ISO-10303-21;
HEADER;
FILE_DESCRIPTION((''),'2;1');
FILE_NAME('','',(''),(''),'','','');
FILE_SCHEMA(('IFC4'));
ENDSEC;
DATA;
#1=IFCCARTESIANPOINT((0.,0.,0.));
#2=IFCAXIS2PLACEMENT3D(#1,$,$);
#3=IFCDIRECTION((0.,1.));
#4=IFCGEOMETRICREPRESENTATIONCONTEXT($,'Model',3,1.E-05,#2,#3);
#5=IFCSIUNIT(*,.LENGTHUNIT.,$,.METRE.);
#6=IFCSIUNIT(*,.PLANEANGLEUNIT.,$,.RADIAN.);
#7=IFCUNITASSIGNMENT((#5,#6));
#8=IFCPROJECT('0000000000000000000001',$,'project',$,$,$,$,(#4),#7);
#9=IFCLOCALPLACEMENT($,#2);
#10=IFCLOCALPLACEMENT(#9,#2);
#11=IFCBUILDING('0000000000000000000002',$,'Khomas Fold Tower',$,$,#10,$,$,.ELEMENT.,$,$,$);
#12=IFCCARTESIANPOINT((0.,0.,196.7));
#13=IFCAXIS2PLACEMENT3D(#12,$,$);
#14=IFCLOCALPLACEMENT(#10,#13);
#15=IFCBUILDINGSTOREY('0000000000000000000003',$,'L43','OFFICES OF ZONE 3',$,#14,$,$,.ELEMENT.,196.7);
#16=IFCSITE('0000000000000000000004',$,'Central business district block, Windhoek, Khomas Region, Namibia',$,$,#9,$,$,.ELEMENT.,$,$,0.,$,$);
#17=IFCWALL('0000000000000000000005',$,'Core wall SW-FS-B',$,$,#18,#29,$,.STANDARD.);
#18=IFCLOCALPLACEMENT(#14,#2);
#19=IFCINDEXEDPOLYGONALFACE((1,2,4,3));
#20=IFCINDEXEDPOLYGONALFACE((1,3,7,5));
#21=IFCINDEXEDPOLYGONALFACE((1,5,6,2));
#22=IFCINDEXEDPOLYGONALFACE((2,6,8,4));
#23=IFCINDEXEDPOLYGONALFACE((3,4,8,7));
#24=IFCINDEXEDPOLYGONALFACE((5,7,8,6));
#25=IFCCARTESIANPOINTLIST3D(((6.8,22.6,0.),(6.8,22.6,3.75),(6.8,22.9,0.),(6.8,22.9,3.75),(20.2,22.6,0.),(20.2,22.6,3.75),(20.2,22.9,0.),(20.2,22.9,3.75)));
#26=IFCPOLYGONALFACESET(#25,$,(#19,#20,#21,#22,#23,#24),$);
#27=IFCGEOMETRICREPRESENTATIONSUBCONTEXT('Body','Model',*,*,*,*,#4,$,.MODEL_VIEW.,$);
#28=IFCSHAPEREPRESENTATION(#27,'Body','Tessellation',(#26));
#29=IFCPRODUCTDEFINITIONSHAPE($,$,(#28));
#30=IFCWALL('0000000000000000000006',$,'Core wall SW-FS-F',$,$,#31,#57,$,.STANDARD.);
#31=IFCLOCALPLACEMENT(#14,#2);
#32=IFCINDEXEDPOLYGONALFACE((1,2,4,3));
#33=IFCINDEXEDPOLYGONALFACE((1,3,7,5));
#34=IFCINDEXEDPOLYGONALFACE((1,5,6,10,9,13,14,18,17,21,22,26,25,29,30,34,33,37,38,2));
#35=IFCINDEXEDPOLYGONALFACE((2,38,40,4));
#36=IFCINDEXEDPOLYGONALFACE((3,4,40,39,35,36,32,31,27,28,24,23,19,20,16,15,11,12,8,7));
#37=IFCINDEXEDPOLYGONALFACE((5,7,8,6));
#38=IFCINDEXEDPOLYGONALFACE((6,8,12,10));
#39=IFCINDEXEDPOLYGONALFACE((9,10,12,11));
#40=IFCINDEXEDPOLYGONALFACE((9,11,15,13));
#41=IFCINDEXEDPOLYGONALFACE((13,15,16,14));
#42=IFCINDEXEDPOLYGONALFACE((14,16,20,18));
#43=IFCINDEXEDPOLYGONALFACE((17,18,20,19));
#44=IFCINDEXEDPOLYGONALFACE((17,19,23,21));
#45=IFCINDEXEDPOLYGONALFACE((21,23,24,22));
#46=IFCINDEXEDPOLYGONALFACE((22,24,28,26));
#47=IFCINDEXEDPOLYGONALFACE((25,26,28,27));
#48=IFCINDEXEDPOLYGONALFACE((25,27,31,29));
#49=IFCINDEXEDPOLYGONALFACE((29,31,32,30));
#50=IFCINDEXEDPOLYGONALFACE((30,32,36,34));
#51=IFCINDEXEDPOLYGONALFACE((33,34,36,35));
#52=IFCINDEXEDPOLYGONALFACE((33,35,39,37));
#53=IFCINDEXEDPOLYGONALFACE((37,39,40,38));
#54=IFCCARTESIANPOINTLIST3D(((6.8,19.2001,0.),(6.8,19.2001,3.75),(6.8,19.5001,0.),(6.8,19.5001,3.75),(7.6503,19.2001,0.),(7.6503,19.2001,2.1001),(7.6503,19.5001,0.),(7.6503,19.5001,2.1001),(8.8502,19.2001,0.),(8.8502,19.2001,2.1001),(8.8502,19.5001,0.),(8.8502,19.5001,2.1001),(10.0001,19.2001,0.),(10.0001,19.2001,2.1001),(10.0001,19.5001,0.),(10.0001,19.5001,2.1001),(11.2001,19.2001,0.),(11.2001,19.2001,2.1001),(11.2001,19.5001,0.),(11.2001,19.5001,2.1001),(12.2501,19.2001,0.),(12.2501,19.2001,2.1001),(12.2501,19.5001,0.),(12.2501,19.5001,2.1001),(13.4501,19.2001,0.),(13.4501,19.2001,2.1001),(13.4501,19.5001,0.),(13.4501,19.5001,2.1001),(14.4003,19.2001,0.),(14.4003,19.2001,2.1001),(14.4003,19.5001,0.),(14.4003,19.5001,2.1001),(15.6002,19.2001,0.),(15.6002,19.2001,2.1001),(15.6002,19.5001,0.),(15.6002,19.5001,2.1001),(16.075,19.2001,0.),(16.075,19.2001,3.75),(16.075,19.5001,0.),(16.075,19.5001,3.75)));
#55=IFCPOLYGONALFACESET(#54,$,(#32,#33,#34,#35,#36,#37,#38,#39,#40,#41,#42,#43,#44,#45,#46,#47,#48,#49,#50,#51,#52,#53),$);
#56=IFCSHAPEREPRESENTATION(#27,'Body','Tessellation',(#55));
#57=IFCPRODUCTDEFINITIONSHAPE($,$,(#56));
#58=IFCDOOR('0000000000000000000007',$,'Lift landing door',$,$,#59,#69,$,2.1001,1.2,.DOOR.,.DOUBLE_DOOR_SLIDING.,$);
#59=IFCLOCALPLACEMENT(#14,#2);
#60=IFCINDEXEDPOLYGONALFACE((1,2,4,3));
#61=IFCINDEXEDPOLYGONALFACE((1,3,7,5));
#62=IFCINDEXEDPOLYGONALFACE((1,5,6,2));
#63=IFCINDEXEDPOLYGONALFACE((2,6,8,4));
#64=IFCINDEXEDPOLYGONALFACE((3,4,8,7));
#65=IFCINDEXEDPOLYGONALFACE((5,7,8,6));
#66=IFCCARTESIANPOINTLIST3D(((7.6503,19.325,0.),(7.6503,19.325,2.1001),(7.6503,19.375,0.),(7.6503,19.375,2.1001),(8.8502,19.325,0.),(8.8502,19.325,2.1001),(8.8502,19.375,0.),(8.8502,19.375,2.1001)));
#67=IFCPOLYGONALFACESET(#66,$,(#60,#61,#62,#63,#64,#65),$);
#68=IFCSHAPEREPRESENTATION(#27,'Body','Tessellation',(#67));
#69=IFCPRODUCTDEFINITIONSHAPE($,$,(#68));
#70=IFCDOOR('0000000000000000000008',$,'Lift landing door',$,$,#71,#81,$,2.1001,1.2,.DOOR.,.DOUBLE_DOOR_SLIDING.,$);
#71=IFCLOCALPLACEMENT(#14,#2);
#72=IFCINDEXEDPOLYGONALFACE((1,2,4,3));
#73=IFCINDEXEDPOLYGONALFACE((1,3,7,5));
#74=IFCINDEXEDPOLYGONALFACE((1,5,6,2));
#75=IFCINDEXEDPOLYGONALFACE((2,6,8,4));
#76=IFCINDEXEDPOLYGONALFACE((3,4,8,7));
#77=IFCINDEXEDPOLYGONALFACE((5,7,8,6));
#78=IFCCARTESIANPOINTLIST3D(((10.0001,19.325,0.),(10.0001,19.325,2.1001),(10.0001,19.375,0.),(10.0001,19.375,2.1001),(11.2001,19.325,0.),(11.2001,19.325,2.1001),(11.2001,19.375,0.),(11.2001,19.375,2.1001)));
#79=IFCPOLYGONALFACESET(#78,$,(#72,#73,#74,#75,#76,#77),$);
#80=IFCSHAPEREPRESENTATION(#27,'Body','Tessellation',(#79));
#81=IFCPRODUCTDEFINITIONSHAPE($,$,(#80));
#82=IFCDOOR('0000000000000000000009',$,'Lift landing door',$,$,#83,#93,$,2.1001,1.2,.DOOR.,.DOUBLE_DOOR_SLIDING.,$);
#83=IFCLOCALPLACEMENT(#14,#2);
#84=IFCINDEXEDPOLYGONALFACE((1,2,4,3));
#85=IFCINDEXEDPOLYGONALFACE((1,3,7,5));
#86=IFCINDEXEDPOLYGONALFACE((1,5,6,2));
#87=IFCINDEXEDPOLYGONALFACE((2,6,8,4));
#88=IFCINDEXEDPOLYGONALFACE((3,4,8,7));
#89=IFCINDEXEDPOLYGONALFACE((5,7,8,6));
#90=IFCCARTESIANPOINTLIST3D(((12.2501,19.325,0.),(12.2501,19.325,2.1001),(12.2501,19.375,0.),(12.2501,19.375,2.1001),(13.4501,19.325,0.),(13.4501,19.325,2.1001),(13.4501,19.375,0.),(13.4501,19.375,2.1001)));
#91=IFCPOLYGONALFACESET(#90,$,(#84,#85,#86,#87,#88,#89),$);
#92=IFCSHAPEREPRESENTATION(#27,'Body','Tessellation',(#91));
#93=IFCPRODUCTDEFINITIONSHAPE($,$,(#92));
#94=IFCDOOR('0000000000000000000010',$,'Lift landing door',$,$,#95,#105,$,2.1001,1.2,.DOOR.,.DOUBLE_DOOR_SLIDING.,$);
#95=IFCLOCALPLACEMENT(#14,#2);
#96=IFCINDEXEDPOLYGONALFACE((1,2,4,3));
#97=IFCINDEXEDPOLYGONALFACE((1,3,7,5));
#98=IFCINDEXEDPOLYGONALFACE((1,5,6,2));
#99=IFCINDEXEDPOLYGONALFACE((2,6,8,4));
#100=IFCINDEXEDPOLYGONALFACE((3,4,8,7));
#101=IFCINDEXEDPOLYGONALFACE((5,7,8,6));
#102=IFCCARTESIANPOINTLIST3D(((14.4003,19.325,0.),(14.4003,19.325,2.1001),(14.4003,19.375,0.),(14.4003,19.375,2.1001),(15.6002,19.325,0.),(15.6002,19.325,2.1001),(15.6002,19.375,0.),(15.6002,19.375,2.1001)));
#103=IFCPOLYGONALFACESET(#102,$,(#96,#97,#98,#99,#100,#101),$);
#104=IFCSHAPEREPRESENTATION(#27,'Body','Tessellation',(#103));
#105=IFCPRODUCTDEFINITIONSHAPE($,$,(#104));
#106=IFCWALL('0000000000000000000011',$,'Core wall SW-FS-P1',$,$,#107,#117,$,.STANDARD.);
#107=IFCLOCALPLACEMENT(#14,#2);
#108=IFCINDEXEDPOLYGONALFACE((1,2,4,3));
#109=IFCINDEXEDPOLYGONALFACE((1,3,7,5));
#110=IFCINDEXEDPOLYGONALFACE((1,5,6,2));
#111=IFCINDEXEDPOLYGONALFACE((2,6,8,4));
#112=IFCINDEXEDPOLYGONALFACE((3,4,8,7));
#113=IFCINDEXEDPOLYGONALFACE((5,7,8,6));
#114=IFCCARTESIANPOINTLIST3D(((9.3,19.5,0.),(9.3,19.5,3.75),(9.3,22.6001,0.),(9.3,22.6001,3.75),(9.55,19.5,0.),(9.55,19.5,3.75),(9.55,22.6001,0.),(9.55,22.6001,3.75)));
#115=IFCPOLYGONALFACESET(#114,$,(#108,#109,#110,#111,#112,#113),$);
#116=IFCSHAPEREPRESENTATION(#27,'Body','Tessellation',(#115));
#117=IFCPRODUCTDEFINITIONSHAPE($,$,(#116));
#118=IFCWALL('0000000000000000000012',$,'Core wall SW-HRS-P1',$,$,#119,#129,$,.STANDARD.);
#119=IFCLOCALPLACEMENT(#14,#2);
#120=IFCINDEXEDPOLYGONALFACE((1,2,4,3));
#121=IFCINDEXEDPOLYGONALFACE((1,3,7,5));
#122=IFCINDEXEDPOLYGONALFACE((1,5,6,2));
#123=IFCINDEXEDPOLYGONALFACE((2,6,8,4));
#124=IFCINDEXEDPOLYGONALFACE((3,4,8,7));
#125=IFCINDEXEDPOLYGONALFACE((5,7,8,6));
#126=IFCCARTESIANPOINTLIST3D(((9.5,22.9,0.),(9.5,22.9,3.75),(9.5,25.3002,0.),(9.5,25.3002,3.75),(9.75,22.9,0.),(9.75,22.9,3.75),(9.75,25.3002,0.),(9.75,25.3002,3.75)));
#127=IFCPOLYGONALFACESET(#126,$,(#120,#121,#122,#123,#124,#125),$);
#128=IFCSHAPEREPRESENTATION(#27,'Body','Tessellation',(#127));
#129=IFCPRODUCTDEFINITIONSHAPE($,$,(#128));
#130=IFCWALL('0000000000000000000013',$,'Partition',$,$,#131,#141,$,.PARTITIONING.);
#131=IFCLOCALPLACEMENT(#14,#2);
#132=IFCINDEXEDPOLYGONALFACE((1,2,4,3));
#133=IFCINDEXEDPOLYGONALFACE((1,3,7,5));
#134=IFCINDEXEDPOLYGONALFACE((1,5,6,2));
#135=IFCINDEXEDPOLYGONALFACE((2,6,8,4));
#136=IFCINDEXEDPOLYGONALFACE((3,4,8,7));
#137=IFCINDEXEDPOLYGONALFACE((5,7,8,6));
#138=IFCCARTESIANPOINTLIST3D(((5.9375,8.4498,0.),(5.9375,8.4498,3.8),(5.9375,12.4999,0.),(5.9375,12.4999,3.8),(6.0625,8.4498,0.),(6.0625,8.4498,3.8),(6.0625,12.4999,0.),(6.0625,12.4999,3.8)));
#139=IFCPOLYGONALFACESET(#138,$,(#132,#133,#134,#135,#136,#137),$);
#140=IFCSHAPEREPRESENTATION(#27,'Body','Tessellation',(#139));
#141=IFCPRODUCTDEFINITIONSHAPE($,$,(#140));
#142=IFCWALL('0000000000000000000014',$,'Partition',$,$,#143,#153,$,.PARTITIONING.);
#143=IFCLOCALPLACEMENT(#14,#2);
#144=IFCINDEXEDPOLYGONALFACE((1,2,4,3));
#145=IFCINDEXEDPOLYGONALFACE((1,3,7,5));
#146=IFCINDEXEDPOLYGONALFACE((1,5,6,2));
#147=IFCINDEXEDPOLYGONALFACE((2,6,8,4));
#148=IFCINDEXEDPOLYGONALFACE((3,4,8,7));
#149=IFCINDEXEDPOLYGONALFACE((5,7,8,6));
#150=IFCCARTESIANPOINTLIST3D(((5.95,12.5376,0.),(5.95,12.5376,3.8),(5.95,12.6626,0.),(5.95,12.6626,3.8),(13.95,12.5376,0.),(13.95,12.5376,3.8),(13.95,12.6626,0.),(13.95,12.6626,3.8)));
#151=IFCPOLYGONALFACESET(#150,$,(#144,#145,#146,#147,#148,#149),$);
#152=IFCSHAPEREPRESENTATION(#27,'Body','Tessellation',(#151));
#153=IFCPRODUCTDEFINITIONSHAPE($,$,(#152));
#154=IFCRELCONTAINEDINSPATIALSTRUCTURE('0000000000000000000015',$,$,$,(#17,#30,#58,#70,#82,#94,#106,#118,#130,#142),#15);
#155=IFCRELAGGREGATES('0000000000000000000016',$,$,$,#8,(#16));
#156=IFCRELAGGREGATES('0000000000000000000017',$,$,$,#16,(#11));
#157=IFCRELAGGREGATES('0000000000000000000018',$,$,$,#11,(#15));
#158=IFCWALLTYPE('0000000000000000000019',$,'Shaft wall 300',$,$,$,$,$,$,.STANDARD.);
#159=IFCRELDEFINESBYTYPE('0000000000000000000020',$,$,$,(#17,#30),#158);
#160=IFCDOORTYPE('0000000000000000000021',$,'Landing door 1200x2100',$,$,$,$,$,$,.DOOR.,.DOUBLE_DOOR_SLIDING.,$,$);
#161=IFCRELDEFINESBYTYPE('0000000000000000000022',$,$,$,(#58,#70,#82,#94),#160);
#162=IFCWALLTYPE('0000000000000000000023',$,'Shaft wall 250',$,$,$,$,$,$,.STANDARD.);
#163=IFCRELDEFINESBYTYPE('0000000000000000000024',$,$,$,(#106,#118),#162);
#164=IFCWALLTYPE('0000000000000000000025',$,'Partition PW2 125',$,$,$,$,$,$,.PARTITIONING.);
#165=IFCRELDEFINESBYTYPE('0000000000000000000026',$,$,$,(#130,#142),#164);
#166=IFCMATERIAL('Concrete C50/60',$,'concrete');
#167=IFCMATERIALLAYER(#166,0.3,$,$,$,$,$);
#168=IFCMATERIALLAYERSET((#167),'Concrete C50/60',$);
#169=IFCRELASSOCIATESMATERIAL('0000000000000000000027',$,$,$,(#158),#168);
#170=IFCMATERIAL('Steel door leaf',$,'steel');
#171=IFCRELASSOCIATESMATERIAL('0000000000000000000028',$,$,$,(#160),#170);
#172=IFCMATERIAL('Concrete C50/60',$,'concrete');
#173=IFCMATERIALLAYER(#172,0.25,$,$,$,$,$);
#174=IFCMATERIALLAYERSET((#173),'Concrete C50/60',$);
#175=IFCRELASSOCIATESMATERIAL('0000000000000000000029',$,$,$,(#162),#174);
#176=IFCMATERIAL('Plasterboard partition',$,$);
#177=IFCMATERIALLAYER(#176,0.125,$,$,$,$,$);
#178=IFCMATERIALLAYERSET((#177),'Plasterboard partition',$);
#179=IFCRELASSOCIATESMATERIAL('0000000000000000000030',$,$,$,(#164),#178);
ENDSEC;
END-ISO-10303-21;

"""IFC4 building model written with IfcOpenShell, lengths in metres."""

from ifc_helpers import new_model, si_unit, direction, frame, frame_2d, origin, place, context, subcontext, project, spatial, rectangle, extrude, source, transform, mapped, material, layer, layer_set, type_object, element, fill, save


model = new_model("IFC4")

# Units and contexts
model_context = context("Model", 3, precision=1e-05, world=origin(), true_north=direction((0.0, 1.0)))
body_context = subcontext(model_context, "Body", "Model", "MODEL_VIEW")
ifc_project = project(units=[si_unit("LENGTHUNIT", "METRE"), si_unit("PLANEANGLEUNIT", "RADIAN")], contexts=[model_context])

# Site, building, storey
site_placement = place(None, origin())
site = spatial("IfcSite", under=ifc_project, at=site_placement, Name="Central business district block, Windhoek, Khomas Region, Namibia", CompositionType="ELEMENT", RefElevation=0.0)
building_placement = place(site_placement, origin())
building = spatial("IfcBuilding", under=site, at=building_placement, Name="Khomas Fold Tower", CompositionType="ELEMENT")
storey_placement = place(building_placement, frame((0.0, 0.0, 196.7)))
storey = spatial("IfcBuildingStorey", under=building, at=storey_placement, Name="L43", Description="OFFICES OF ZONE 3", CompositionType="ELEMENT", Elevation=196.7)

# Wall
ifc_material_1 = material(Name="Concrete C50/60", Category="concrete")
ifc_layer_1 = layer(ifc_material_1, 0.3)
ifc_layer_set_1 = layer_set([ifc_layer_1], Name="Concrete C50/60")
wall_type_1 = type_object("IfcWallType", Name="Shaft wall 300", PredefinedType="STANDARD", material=ifc_layer_set_1)
shared_shape_1 = source(origin(), body_context, "Body", "SweptSolid", [
    extrude(rectangle(XDim=13.3999, YDim=0.3, at=frame_2d((6.7, 0.0))), origin(), (0.0, 0.0, 1.0), 3.75),
])
wall_1_placement = place(storey_placement, frame((6.8, 22.75, 0.0), z_axis=(0.0, 0.0, 1.0), x_axis=(1.0, 0.0, 0.0)))
element("IfcWall", 1, at=wall_1_placement, inside=storey, type_object=wall_type_1, Name="Core wall SW-FS-B", PredefinedType="STANDARD", context=body_context, shape_type="MappedRepresentation", body=[
    mapped(shared_shape_1, transform((0.0, 0.0, 0.0))),
])

# Wall, openings, doors
shared_shape_2 = source(origin(), body_context, "Body", "SweptSolid", [
    extrude(rectangle(XDim=9.2749, YDim=0.3, at=frame_2d((4.6375, 0.0))), origin(), (0.0, 0.0, 1.0), 3.75),
])
wall_2_placement = place(storey_placement, frame((6.8, 19.3501, 0.0), z_axis=(0.0, 0.0, 1.0), x_axis=(1.0, 0.0, 0.0)))
wall_2 = element("IfcWall", 2, at=wall_2_placement, inside=storey, type_object=wall_type_1, Name="Core wall SW-FS-F", PredefinedType="STANDARD", context=body_context, shape_type="MappedRepresentation", body=[
    mapped(shared_shape_2, transform((0.0, 0.0, 0.0))),
])
shared_shape_3 = source(origin(), body_context, "Body", "SweptSolid", [
    extrude(rectangle(XDim=1.2, YDim=2.1001, at=frame_2d((0.6001, 1.05))), frame((0.0, 0.1599, 0.0), z_axis=(0.0, -1.0, 0.0), x_axis=(1.0, 0.0, 0.0)), (0.0, 0.0, 1.0), 0.3201),
])
opening_1_placement = place(wall_2_placement, frame((0.8501, 0.0, 0.0)))
opening_1 = element("IfcOpeningElement", 3, at=opening_1_placement, cuts=wall_2, PredefinedType="OPENING", context=body_context, shape_type="MappedRepresentation", body=[
    mapped(shared_shape_3, transform((0.0, 0.0, 0.0))),
])
opening_2_placement = place(wall_2_placement, frame((3.2, 0.0, 0.0)))
opening_2 = element("IfcOpeningElement", 4, at=opening_2_placement, cuts=wall_2, PredefinedType="OPENING", context=body_context, shape_type="MappedRepresentation", body=[
    mapped(shared_shape_3, transform((0.0, 0.0, 0.0))),
])
opening_3_placement = place(wall_2_placement, frame((5.45, 0.0, 0.0)))
opening_3 = element("IfcOpeningElement", 5, at=opening_3_placement, cuts=wall_2, PredefinedType="OPENING", context=body_context, shape_type="MappedRepresentation", body=[
    mapped(shared_shape_3, transform((0.0, 0.0, 0.0))),
])
opening_4_placement = place(wall_2_placement, frame((7.6001, 0.0, 0.0)))
opening_4 = element("IfcOpeningElement", 6, at=opening_4_placement, cuts=wall_2, PredefinedType="OPENING", context=body_context, shape_type="MappedRepresentation", body=[
    mapped(shared_shape_3, transform((0.0, 0.0, 0.0))),
])
ifc_material_2 = material(Name="Steel door leaf", Category="steel")
door_type_1 = type_object("IfcDoorType", Name="Landing door 1200x2100", OperationType="DOUBLE_DOOR_SLIDING", PredefinedType="DOOR", material=ifc_material_2)
shared_shape_4 = source(origin(), body_context, "Body", "SweptSolid", [
    extrude(rectangle(XDim=1.2, YDim=2.1001, at=frame_2d((0.6001, 1.05))), frame((0.0, 0.0249, 0.0), z_axis=(0.0, -1.0, 0.0), x_axis=(1.0, 0.0, 0.0)), (0.0, 0.0, 1.0), 0.05),
])
door_1_placement = place(opening_1_placement, origin())
door_1 = element("IfcDoor", 7, at=door_1_placement, inside=storey, type_object=door_type_1, Name="Lift landing door", OperationType="DOUBLE_DOOR_SLIDING", OverallHeight=2.1001, OverallWidth=1.2, PredefinedType="DOOR", context=body_context, shape_type="MappedRepresentation", body=[
    mapped(shared_shape_4, transform((0.0, 0.0, 0.0))),
])
fill(opening_1, door_1)
door_2_placement = place(opening_2_placement, origin())
door_2 = element("IfcDoor", 8, at=door_2_placement, inside=storey, type_object=door_type_1, Name="Lift landing door", OperationType="DOUBLE_DOOR_SLIDING", OverallHeight=2.1001, OverallWidth=1.2, PredefinedType="DOOR", context=body_context, shape_type="MappedRepresentation", body=[
    mapped(shared_shape_4, transform((0.0, 0.0, 0.0))),
])
fill(opening_2, door_2)
door_3_placement = place(opening_3_placement, origin())
door_3 = element("IfcDoor", 9, at=door_3_placement, inside=storey, type_object=door_type_1, Name="Lift landing door", OperationType="DOUBLE_DOOR_SLIDING", OverallHeight=2.1001, OverallWidth=1.2, PredefinedType="DOOR", context=body_context, shape_type="MappedRepresentation", body=[
    mapped(shared_shape_4, transform((0.0, 0.0, 0.0))),
])
fill(opening_3, door_3)
door_4_placement = place(opening_4_placement, origin())
door_4 = element("IfcDoor", 10, at=door_4_placement, inside=storey, type_object=door_type_1, Name="Lift landing door", OperationType="DOUBLE_DOOR_SLIDING", OverallHeight=2.1001, OverallWidth=1.2, PredefinedType="DOOR", context=body_context, shape_type="MappedRepresentation", body=[
    mapped(shared_shape_4, transform((0.0, 0.0, 0.0))),
])
fill(opening_4, door_4)

# Walls
ifc_material_3 = material(Name="Concrete C50/60", Category="concrete")
ifc_layer_2 = layer(ifc_material_3, 0.25)
ifc_layer_set_2 = layer_set([ifc_layer_2], Name="Concrete C50/60")
wall_type_2 = type_object("IfcWallType", Name="Shaft wall 250", PredefinedType="STANDARD", material=ifc_layer_set_2)
shared_shape_5 = source(origin(), body_context, "Body", "SweptSolid", [
    extrude(rectangle(XDim=3.1001, YDim=0.25, at=frame_2d((1.55, 0.0))), origin(), (0.0, 0.0, 1.0), 3.75),
])
wall_3_placement = place(storey_placement, frame((9.425, 19.5, 0.0), z_axis=(0.0, 0.0, 1.0), x_axis=(0.0, 1.0, 0.0)))
element("IfcWall", 11, at=wall_3_placement, inside=storey, type_object=wall_type_2, Name="Core wall SW-FS-P1", PredefinedType="STANDARD", context=body_context, shape_type="MappedRepresentation", body=[
    mapped(shared_shape_5, transform((0.0, 0.0, 0.0))),
])
shared_shape_6 = source(origin(), body_context, "Body", "SweptSolid", [
    extrude(rectangle(XDim=2.4001, YDim=0.25, at=frame_2d((1.2002, 0.0))), origin(), (0.0, 0.0, 1.0), 3.75),
])
wall_4_placement = place(storey_placement, frame((9.625, 22.8999, 0.0), z_axis=(0.0, 0.0, 1.0), x_axis=(0.0, 1.0, 0.0)))
element("IfcWall", 12, at=wall_4_placement, inside=storey, type_object=wall_type_2, Name="Core wall SW-HRS-P1", PredefinedType="STANDARD", context=body_context, shape_type="MappedRepresentation", body=[
    mapped(shared_shape_6, transform((0.0, 0.0, 0.0))),
])
ifc_material_4 = material(Name="Plasterboard partition")
ifc_layer_3 = layer(ifc_material_4, 0.125)
ifc_layer_set_3 = layer_set([ifc_layer_3], Name="Plasterboard partition")
wall_type_3 = type_object("IfcWallType", Name="Partition PW2 125", PredefinedType="PARTITIONING", material=ifc_layer_set_3)
shared_shape_7 = source(origin(), body_context, "Body", "SweptSolid", [
    extrude(rectangle(XDim=4.05, YDim=0.125, at=frame_2d((2.0249, 0.0))), origin(), (0.0, 0.0, 1.0), 3.8),
])
wall_5_placement = place(storey_placement, frame((6.0, 8.45, 0.0), z_axis=(0.0, 0.0, 1.0), x_axis=(0.0, 1.0, 0.0)))
element("IfcWall", 13, at=wall_5_placement, inside=storey, type_object=wall_type_3, Name="Partition", PredefinedType="PARTITIONING", context=body_context, shape_type="MappedRepresentation", body=[
    mapped(shared_shape_7, transform((0.0, 0.0, 0.0))),
])
shared_shape_8 = source(origin(), body_context, "Body", "SweptSolid", [
    extrude(rectangle(XDim=8.0, YDim=0.125, at=frame_2d((4.0, 0.0))), origin(), (0.0, 0.0, 1.0), 3.8),
])
wall_6_placement = place(storey_placement, frame((5.95, 12.6001, 0.0), z_axis=(0.0, 0.0, 1.0), x_axis=(1.0, 0.0, 0.0)))
element("IfcWall", 14, at=wall_6_placement, inside=storey, type_object=wall_type_3, Name="Partition", PredefinedType="PARTITIONING", context=body_context, shape_type="MappedRepresentation", body=[
    mapped(shared_shape_8, transform((0.0, 0.0, 0.0))),
])

save(model, "model.ifc")
